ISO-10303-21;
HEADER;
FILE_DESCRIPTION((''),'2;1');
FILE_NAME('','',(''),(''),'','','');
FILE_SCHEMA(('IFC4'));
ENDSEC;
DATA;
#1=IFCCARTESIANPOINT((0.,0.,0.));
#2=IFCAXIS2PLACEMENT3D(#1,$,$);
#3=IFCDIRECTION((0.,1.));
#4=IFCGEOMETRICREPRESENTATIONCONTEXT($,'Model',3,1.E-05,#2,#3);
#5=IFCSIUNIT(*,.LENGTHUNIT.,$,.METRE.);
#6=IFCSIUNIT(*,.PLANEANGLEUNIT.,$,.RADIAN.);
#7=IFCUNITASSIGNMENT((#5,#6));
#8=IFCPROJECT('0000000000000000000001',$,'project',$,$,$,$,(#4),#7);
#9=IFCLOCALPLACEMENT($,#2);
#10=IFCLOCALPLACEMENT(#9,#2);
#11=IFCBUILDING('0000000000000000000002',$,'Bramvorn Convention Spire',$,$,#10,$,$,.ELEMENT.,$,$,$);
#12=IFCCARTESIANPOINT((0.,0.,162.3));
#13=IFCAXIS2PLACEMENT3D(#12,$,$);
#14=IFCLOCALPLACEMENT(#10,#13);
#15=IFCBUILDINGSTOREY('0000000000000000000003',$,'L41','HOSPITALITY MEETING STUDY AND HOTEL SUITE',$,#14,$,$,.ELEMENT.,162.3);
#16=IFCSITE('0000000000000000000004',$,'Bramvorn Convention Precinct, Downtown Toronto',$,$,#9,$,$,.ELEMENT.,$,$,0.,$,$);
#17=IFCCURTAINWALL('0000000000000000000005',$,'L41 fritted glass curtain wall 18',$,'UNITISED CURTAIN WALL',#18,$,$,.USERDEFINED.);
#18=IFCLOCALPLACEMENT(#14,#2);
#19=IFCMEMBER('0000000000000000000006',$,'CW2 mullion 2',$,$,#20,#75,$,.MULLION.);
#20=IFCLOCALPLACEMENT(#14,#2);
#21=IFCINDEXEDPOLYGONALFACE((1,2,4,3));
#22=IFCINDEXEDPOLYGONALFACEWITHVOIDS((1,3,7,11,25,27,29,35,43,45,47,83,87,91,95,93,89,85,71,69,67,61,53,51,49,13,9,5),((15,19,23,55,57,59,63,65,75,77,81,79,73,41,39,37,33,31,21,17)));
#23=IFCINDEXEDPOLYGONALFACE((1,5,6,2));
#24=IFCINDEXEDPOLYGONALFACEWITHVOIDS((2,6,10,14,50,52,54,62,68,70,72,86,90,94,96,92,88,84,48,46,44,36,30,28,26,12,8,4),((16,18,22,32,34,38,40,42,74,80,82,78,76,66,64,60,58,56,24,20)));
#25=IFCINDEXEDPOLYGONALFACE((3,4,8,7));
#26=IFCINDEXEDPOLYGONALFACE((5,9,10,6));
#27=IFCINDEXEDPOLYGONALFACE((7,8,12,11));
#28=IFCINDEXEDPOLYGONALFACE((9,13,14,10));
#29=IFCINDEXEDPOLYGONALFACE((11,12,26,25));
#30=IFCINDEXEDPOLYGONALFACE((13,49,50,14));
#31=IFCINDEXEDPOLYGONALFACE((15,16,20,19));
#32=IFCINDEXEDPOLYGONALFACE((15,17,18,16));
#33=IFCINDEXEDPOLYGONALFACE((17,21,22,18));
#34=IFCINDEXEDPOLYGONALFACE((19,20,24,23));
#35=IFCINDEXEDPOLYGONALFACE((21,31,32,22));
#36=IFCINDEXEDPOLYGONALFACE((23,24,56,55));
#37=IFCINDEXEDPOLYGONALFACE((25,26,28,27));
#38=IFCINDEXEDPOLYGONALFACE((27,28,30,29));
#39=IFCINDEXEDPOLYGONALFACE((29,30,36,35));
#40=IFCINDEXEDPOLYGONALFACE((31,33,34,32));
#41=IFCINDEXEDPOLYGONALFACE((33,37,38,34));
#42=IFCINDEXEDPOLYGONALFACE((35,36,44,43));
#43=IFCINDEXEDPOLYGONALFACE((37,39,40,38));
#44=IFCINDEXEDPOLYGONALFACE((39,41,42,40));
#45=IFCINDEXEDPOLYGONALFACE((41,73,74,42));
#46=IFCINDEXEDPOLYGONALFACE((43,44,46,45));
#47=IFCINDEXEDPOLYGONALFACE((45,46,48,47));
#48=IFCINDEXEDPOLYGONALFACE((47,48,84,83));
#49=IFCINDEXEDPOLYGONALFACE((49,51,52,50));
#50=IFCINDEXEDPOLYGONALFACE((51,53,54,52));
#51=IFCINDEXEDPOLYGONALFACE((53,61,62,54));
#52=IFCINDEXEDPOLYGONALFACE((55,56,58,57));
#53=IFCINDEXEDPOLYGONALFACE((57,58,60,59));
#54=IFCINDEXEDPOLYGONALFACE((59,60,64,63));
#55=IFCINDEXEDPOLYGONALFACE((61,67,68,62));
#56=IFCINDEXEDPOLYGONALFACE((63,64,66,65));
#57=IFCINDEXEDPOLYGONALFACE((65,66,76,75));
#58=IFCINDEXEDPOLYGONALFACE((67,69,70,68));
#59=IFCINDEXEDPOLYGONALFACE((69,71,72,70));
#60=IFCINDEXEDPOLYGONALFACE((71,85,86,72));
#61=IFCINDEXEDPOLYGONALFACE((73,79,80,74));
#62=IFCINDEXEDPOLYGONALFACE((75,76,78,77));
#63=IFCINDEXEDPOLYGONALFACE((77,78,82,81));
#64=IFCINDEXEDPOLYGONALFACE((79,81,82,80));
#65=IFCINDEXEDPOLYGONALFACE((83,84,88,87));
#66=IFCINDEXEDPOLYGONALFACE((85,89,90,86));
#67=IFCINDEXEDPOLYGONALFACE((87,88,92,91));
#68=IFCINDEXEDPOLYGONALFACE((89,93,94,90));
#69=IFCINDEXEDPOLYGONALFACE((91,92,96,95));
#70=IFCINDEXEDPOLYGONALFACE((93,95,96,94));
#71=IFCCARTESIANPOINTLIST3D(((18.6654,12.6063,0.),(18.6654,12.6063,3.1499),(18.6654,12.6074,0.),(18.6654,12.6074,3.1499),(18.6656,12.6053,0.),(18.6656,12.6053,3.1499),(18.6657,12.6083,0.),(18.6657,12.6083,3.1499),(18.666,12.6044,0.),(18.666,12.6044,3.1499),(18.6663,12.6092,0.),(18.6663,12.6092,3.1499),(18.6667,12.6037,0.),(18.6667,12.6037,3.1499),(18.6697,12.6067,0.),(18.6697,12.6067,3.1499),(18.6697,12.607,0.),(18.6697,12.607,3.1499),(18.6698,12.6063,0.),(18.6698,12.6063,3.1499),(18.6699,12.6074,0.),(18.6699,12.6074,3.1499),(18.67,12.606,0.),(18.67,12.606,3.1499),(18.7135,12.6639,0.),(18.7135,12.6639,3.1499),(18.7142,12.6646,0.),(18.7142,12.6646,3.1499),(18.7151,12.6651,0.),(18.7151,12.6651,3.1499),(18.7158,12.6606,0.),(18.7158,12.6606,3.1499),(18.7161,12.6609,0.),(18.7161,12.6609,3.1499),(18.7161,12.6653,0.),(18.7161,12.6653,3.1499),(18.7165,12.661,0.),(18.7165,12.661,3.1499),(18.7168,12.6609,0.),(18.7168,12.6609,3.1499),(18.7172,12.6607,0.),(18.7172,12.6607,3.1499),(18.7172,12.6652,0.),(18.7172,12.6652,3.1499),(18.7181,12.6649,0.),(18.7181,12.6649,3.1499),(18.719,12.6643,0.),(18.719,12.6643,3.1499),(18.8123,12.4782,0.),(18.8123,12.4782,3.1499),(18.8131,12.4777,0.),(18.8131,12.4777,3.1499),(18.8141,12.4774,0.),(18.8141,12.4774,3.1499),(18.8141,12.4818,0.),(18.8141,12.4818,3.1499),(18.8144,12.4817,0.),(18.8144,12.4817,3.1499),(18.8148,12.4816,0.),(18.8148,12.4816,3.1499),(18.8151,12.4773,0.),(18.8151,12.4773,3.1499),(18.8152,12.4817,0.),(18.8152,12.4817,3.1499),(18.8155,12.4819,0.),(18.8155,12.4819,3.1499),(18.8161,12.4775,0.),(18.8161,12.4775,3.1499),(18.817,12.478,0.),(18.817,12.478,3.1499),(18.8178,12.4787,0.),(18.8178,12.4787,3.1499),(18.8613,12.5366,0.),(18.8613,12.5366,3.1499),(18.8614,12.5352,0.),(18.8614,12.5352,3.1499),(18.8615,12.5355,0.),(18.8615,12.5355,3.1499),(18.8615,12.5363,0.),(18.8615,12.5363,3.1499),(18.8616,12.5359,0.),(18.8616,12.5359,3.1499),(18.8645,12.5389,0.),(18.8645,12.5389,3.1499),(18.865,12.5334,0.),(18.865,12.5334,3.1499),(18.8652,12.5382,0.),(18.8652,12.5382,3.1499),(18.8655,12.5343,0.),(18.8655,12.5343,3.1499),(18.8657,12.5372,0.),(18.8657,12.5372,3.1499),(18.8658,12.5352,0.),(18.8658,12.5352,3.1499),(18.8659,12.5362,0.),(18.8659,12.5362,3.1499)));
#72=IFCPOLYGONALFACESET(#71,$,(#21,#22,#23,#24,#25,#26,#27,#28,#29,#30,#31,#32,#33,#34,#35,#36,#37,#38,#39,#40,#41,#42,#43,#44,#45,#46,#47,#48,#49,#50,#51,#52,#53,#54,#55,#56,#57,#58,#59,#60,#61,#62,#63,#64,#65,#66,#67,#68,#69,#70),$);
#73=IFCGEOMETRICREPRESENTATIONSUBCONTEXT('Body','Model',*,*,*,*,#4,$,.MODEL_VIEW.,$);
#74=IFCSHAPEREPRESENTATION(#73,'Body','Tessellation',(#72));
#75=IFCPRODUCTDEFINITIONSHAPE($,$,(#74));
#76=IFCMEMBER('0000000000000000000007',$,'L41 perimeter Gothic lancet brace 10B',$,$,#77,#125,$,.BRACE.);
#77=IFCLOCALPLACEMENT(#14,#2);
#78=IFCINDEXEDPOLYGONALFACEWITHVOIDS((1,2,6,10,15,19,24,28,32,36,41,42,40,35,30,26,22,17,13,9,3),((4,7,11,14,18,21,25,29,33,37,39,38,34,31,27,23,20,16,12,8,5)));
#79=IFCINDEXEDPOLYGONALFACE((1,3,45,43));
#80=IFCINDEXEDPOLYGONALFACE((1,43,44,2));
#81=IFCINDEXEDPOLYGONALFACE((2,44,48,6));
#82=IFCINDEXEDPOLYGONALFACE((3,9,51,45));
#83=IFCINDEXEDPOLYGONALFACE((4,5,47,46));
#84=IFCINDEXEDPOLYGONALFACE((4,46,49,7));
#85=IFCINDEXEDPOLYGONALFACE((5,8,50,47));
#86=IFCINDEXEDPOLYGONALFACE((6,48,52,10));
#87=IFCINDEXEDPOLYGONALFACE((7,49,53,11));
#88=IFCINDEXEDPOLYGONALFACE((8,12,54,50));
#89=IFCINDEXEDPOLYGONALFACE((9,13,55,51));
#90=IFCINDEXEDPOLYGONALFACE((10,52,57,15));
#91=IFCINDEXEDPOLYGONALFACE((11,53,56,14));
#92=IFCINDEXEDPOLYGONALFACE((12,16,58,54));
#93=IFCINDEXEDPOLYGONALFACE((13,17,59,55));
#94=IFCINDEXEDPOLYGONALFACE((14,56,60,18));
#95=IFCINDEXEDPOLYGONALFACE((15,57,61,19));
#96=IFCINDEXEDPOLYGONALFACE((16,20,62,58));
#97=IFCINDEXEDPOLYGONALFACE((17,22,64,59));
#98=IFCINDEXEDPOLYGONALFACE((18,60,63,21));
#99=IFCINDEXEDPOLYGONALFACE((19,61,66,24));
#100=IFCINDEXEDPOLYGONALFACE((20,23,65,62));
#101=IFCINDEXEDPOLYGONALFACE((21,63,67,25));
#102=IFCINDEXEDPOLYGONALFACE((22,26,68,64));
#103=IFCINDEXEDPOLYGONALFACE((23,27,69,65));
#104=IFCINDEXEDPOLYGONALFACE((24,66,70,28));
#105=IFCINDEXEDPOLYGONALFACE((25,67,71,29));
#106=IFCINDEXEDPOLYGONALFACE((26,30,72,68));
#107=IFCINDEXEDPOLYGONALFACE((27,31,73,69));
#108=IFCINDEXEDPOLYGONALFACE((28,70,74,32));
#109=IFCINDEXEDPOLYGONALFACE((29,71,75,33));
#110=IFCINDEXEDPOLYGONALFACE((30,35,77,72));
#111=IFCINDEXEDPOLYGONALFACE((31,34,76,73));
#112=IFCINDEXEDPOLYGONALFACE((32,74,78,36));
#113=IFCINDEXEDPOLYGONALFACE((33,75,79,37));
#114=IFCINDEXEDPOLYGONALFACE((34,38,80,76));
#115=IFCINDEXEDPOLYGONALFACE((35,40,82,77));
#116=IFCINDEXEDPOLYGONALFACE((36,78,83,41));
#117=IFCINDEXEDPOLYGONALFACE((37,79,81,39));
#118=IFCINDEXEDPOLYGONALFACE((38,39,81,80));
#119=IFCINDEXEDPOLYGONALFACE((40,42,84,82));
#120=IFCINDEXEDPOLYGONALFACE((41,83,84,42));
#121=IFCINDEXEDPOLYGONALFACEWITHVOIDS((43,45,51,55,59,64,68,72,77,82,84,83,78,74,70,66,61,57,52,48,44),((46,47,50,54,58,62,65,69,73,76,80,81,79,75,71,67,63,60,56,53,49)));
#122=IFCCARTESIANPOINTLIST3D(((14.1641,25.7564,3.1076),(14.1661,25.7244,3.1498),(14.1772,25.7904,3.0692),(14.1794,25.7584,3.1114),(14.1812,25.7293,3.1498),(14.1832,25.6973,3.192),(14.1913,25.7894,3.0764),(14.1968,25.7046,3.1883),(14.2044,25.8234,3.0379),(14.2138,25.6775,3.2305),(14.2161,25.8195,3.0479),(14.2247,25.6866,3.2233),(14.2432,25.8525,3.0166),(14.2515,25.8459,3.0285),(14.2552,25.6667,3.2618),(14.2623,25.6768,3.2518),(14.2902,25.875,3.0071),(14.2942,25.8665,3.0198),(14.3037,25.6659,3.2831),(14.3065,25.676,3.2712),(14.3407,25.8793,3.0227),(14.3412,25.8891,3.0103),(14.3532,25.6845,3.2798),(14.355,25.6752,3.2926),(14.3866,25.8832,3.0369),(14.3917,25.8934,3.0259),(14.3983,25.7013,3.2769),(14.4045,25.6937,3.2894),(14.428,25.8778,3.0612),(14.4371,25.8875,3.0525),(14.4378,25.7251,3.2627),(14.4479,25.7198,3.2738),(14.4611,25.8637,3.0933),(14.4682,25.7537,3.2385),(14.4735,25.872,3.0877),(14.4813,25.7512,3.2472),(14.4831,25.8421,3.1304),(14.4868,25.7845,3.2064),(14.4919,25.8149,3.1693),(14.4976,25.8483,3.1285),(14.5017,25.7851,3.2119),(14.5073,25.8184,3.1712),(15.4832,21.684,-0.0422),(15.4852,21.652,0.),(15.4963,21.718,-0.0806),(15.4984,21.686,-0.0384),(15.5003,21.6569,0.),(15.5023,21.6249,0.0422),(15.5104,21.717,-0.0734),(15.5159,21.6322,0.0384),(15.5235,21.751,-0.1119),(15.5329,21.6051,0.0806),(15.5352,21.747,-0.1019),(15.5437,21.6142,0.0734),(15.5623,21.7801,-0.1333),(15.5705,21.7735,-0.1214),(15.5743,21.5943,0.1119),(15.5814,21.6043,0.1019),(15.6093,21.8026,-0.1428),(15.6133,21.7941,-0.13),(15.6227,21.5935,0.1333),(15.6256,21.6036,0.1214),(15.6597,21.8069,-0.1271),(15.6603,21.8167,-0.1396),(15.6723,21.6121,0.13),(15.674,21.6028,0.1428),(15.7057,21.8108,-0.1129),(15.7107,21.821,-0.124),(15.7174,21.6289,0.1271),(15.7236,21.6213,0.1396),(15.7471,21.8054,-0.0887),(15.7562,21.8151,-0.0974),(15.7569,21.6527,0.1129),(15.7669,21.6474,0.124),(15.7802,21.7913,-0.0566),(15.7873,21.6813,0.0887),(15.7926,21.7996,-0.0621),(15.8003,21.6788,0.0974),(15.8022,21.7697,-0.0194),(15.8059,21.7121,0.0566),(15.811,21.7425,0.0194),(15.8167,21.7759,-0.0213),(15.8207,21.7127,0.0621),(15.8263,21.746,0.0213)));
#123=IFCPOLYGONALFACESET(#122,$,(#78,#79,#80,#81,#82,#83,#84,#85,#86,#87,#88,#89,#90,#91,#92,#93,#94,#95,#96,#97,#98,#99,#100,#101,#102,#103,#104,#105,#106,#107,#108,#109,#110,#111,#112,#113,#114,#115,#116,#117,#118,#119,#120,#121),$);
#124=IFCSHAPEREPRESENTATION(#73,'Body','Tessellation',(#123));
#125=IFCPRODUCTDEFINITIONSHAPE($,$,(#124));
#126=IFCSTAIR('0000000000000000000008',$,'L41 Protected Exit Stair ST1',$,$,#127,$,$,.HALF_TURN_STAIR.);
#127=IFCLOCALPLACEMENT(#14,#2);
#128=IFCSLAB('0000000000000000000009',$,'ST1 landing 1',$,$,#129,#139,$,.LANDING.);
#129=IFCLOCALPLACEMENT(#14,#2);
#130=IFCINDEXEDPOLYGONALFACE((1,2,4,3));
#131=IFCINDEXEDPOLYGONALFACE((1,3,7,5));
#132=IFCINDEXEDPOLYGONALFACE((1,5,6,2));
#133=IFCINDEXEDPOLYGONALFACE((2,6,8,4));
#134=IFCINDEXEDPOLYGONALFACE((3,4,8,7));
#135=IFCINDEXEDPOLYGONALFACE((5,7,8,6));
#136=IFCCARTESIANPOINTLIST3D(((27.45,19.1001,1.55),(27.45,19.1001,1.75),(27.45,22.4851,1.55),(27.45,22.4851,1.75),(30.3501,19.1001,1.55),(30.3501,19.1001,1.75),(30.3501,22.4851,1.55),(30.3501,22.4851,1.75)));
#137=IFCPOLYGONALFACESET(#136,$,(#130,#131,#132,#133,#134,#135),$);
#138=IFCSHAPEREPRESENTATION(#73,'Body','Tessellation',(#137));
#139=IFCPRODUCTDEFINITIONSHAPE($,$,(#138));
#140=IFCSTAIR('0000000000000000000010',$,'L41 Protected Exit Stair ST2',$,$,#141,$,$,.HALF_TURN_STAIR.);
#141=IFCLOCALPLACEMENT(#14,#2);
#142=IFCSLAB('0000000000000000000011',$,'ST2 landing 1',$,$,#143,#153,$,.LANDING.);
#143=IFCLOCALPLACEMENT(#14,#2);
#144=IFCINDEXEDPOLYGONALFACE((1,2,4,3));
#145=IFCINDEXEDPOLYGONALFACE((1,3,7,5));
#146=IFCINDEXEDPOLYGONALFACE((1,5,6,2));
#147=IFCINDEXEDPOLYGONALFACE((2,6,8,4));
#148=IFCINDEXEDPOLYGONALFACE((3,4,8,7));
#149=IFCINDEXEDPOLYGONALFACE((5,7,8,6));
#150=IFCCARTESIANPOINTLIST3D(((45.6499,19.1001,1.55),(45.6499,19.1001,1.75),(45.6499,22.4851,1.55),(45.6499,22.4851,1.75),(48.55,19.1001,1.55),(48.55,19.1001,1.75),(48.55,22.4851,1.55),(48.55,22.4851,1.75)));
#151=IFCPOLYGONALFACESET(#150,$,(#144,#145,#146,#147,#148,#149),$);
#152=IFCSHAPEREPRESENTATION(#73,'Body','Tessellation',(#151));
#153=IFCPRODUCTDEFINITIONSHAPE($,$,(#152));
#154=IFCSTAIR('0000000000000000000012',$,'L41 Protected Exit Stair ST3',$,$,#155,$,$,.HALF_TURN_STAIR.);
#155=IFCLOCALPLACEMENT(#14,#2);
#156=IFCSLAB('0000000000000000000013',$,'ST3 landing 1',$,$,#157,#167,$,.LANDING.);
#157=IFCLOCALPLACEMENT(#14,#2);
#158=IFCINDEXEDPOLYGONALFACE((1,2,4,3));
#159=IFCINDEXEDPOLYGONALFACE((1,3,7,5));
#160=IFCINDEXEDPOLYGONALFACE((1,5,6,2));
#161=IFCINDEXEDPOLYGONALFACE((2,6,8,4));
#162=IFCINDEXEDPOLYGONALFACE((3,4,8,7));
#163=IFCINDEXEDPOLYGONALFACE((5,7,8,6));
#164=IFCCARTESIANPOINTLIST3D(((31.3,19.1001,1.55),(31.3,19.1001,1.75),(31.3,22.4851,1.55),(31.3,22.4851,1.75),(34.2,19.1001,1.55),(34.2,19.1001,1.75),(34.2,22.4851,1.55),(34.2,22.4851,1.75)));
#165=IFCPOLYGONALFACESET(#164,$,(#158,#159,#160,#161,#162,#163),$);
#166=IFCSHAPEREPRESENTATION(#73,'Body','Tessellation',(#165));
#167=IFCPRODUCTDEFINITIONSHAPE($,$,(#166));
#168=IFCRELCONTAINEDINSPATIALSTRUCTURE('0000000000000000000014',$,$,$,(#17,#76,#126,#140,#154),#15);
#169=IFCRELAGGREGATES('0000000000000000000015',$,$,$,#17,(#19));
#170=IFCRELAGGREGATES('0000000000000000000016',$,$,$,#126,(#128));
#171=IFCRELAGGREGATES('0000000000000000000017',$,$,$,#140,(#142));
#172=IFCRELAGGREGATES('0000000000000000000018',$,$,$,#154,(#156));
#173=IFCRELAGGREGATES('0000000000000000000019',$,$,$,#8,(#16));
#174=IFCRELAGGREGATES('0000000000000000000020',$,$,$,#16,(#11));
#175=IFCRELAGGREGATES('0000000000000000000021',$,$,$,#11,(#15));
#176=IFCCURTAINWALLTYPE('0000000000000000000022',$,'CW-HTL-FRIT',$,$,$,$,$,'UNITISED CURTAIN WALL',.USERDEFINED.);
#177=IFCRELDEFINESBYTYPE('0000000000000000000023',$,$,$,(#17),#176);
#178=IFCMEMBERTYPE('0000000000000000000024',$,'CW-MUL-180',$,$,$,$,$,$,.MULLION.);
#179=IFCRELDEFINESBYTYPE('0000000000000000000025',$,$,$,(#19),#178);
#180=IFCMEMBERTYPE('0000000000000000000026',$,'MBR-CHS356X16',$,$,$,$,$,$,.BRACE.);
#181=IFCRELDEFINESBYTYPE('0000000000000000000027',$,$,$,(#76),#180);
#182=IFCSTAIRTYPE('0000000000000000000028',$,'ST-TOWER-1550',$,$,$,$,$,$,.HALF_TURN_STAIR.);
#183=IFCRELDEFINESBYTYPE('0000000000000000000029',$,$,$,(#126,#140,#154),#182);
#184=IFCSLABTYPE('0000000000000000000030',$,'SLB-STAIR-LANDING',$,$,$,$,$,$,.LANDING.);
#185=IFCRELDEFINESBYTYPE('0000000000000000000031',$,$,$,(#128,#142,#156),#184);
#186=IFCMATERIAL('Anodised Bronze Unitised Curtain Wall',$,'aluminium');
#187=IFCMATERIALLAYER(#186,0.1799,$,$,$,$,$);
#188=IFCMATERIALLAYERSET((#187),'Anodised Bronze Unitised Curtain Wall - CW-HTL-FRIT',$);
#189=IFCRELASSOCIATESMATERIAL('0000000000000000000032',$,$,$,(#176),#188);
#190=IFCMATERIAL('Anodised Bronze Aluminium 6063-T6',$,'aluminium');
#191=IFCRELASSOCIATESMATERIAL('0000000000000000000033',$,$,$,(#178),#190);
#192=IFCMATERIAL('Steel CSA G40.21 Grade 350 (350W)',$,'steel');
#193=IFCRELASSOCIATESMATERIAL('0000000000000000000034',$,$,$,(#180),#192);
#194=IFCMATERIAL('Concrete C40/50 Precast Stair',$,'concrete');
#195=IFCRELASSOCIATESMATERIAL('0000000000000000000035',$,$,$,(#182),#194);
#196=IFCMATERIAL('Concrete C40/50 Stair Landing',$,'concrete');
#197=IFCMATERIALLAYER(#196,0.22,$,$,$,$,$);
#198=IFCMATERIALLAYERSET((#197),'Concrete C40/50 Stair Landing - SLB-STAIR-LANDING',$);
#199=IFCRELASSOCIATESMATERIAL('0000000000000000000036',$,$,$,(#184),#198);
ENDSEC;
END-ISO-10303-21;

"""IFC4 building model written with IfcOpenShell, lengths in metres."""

from ifc_helpers import new_model, si_unit, direction, frame, origin, origin_2d, place, context, subcontext, project, spatial, polyline, hollow_rectangle, hollow_circle, outline, extrude, material, layer, layer_set, material_profile, profile_set, type_object, element, aggregate, save


model = new_model("IFC4")

# Units and contexts
model_context = context("Model", 3, precision=1e-05, world=origin(), true_north=direction((0.0, 1.0)))
body_context = subcontext(model_context, "Body", "Model", "MODEL_VIEW")
ifc_project = project(units=[si_unit("LENGTHUNIT", "METRE"), si_unit("PLANEANGLEUNIT", "RADIAN")], contexts=[model_context])

# Site, building, storey
site_placement = place(None, origin())
site = spatial("IfcSite", under=ifc_project, at=site_placement, Name="Bramvorn Convention Precinct, Downtown Toronto", CompositionType="ELEMENT", RefElevation=0.0)
building_placement = place(site_placement, origin())
building = spatial("IfcBuilding", under=site, at=building_placement, Name="Bramvorn Convention Spire", CompositionType="ELEMENT")
storey_placement = place(building_placement, frame((0.0, 0.0, 162.3)))
storey = spatial("IfcBuildingStorey", under=building, at=storey_placement, Name="L41", Description="HOSPITALITY MEETING STUDY AND HOTEL SUITE", CompositionType="ELEMENT", Elevation=162.3)

# Shared definitions
ifc_material_1 = material(Name="Steel CSA G40.21 Grade 350 (350W)", Category="steel")

# Curtain wall, member
ifc_material_2 = material(Name="Anodised Bronze Unitised Curtain Wall", Category="aluminium")
ifc_layer_1 = layer(ifc_material_2, 0.1799)
ifc_layer_set_1 = layer_set([ifc_layer_1], Name="Anodised Bronze Unitised Curtain Wall - CW-HTL-FRIT")
curtain_wall_type = type_object("IfcCurtainWallType", Name="CW-HTL-FRIT", ElementType="UNITISED CURTAIN WALL", PredefinedType="USERDEFINED", material=ifc_layer_set_1)
curtain_wall_placement = place(storey_placement, origin())
curtain_wall = element("IfcCurtainWall", 1, at=curtain_wall_placement, inside=storey, type_object=curtain_wall_type, Name="L41 fritted glass curtain wall 18", ObjectType="UNITISED CURTAIN WALL", PredefinedType="USERDEFINED")
ifc_material_3 = material(Name="Anodised Bronze Aluminium 6063-T6", Category="aluminium")
ifc_material_profile_1 = material_profile(ifc_material_3, hollow_rectangle(XDim=0.0801, YDim=0.2, WallThickness=0.0039, InnerFilletRadius=0.001, OuterFilletRadius=0.0039, at=origin_2d()))
ifc_profile_set_1 = profile_set([ifc_material_profile_1], Name="Anodised Bronze Aluminium 6063-T6 - CWM80X200")
member_type_1 = type_object("IfcMemberType", Name="CW-MUL-180", PredefinedType="MULLION", material=ifc_profile_set_1)
member_1_placement = place(storey_placement, frame((18.7656, 12.5713, 0.0), z_axis=(0.0, 0.0, 1.0), x_axis=(-0.652735, -0.757586, 0.0)))
member_1 = element("IfcMember", 2, at=member_1_placement, type_object=member_type_1, Name="CW2 mullion 2", PredefinedType="MULLION", context=body_context, shape_type="SweptSolid", body=[
    extrude(hollow_rectangle(XDim=0.0801, YDim=0.2, WallThickness=0.0039, InnerFilletRadius=0.001, OuterFilletRadius=0.0039, at=origin_2d()), origin(), (0.0, 0.0, 1.0), 3.1499),
])
aggregate(curtain_wall, [member_1])

# Member
ifc_material_profile_2 = material_profile(ifc_material_1, hollow_circle(Radius=0.1777, WallThickness=0.0159, at=origin_2d()))
ifc_profile_set_2 = profile_set([ifc_material_profile_2], Name="Steel CSA G40.21 Grade 350 (350W) - CHS356X16")
member_type_2 = type_object("IfcMemberType", Name="MBR-CHS356X16", PredefinedType="BRACE", material=ifc_profile_set_2)
member_2_placement = place(storey_placement, frame((15.6543, 21.7068, 0.0), z_axis=(-0.248192, 0.766257, 0.592665), x_axis=(-0.951341, -0.308141, 0.0)))
element("IfcMember", 3, at=member_2_placement, inside=storey, type_object=member_type_2, Name="L41 perimeter Gothic lancet brace 10B", PredefinedType="BRACE", context=body_context, shape_type="SweptSolid", body=[
    extrude(hollow_circle(Radius=0.1777, WallThickness=0.0159, at=origin_2d()), origin(), (0.0, 0.0, 1.0), 5.3147),
])

# Stairs, slabs
ifc_material_4 = material(Name="Concrete C40/50 Precast Stair", Category="concrete")
stair_type = type_object("IfcStairType", Name="ST-TOWER-1550", PredefinedType="HALF_TURN_STAIR", material=ifc_material_4)
stair_1_placement = place(storey_placement, origin())
stair_1 = element("IfcStair", 4, at=stair_1_placement, inside=storey, type_object=stair_type, Name="L41 Protected Exit Stair ST1", PredefinedType="HALF_TURN_STAIR")
ifc_material_5 = material(Name="Concrete C40/50 Stair Landing", Category="concrete")
ifc_layer_2 = layer(ifc_material_5, 0.22)
ifc_layer_set_2 = layer_set([ifc_layer_2], Name="Concrete C40/50 Stair Landing - SLB-STAIR-LANDING")
slab_type_1 = type_object("IfcSlabType", Name="SLB-STAIR-LANDING", PredefinedType="LANDING", material=ifc_layer_set_2)
slab_1_placement = place(storey_placement, frame((0.0, 0.0, 1.55)))
slab_1 = element("IfcSlab", 5, at=slab_1_placement, type_object=slab_type_1, Name="ST1 landing 1", PredefinedType="LANDING", context=body_context, shape_type="SweptSolid", body=[
    extrude(outline(polyline([(27.45, 22.4851), (27.45, 19.1001), (30.3501, 19.1001), (30.3501, 22.4851), (27.45, 22.4851)])), origin(), (0.0, 0.0, 1.0), 0.2),
])
aggregate(stair_1, [slab_1])
stair_2_placement = place(storey_placement, origin())
stair_2 = element("IfcStair", 6, at=stair_2_placement, inside=storey, type_object=stair_type, Name="L41 Protected Exit Stair ST2", PredefinedType="HALF_TURN_STAIR")
slab_2_placement = place(storey_placement, frame((0.0, 0.0, 1.55)))
slab_2 = element("IfcSlab", 7, at=slab_2_placement, type_object=slab_type_1, Name="ST2 landing 1", PredefinedType="LANDING", context=body_context, shape_type="SweptSolid", body=[
    extrude(outline(polyline([(45.6499, 22.4851), (45.6499, 19.1001), (48.55, 19.1001), (48.55, 22.4851), (45.6499, 22.4851)])), origin(), (0.0, 0.0, 1.0), 0.2),
])
aggregate(stair_2, [slab_2])
stair_3_placement = place(storey_placement, origin())
stair_3 = element("IfcStair", 8, at=stair_3_placement, inside=storey, type_object=stair_type, Name="L41 Protected Exit Stair ST3", PredefinedType="HALF_TURN_STAIR")
slab_3_placement = place(storey_placement, frame((0.0, 0.0, 1.55)))
slab_3 = element("IfcSlab", 9, at=slab_3_placement, type_object=slab_type_1, Name="ST3 landing 1", PredefinedType="LANDING", context=body_context, shape_type="SweptSolid", body=[
    extrude(outline(polyline([(31.3, 22.4851), (31.3, 19.1001), (34.2, 19.1001), (34.2, 22.4851), (31.3, 22.4851)])), origin(), (0.0, 0.0, 1.0), 0.2),
])
aggregate(stair_3, [slab_3])

save(model, "model.ifc")
